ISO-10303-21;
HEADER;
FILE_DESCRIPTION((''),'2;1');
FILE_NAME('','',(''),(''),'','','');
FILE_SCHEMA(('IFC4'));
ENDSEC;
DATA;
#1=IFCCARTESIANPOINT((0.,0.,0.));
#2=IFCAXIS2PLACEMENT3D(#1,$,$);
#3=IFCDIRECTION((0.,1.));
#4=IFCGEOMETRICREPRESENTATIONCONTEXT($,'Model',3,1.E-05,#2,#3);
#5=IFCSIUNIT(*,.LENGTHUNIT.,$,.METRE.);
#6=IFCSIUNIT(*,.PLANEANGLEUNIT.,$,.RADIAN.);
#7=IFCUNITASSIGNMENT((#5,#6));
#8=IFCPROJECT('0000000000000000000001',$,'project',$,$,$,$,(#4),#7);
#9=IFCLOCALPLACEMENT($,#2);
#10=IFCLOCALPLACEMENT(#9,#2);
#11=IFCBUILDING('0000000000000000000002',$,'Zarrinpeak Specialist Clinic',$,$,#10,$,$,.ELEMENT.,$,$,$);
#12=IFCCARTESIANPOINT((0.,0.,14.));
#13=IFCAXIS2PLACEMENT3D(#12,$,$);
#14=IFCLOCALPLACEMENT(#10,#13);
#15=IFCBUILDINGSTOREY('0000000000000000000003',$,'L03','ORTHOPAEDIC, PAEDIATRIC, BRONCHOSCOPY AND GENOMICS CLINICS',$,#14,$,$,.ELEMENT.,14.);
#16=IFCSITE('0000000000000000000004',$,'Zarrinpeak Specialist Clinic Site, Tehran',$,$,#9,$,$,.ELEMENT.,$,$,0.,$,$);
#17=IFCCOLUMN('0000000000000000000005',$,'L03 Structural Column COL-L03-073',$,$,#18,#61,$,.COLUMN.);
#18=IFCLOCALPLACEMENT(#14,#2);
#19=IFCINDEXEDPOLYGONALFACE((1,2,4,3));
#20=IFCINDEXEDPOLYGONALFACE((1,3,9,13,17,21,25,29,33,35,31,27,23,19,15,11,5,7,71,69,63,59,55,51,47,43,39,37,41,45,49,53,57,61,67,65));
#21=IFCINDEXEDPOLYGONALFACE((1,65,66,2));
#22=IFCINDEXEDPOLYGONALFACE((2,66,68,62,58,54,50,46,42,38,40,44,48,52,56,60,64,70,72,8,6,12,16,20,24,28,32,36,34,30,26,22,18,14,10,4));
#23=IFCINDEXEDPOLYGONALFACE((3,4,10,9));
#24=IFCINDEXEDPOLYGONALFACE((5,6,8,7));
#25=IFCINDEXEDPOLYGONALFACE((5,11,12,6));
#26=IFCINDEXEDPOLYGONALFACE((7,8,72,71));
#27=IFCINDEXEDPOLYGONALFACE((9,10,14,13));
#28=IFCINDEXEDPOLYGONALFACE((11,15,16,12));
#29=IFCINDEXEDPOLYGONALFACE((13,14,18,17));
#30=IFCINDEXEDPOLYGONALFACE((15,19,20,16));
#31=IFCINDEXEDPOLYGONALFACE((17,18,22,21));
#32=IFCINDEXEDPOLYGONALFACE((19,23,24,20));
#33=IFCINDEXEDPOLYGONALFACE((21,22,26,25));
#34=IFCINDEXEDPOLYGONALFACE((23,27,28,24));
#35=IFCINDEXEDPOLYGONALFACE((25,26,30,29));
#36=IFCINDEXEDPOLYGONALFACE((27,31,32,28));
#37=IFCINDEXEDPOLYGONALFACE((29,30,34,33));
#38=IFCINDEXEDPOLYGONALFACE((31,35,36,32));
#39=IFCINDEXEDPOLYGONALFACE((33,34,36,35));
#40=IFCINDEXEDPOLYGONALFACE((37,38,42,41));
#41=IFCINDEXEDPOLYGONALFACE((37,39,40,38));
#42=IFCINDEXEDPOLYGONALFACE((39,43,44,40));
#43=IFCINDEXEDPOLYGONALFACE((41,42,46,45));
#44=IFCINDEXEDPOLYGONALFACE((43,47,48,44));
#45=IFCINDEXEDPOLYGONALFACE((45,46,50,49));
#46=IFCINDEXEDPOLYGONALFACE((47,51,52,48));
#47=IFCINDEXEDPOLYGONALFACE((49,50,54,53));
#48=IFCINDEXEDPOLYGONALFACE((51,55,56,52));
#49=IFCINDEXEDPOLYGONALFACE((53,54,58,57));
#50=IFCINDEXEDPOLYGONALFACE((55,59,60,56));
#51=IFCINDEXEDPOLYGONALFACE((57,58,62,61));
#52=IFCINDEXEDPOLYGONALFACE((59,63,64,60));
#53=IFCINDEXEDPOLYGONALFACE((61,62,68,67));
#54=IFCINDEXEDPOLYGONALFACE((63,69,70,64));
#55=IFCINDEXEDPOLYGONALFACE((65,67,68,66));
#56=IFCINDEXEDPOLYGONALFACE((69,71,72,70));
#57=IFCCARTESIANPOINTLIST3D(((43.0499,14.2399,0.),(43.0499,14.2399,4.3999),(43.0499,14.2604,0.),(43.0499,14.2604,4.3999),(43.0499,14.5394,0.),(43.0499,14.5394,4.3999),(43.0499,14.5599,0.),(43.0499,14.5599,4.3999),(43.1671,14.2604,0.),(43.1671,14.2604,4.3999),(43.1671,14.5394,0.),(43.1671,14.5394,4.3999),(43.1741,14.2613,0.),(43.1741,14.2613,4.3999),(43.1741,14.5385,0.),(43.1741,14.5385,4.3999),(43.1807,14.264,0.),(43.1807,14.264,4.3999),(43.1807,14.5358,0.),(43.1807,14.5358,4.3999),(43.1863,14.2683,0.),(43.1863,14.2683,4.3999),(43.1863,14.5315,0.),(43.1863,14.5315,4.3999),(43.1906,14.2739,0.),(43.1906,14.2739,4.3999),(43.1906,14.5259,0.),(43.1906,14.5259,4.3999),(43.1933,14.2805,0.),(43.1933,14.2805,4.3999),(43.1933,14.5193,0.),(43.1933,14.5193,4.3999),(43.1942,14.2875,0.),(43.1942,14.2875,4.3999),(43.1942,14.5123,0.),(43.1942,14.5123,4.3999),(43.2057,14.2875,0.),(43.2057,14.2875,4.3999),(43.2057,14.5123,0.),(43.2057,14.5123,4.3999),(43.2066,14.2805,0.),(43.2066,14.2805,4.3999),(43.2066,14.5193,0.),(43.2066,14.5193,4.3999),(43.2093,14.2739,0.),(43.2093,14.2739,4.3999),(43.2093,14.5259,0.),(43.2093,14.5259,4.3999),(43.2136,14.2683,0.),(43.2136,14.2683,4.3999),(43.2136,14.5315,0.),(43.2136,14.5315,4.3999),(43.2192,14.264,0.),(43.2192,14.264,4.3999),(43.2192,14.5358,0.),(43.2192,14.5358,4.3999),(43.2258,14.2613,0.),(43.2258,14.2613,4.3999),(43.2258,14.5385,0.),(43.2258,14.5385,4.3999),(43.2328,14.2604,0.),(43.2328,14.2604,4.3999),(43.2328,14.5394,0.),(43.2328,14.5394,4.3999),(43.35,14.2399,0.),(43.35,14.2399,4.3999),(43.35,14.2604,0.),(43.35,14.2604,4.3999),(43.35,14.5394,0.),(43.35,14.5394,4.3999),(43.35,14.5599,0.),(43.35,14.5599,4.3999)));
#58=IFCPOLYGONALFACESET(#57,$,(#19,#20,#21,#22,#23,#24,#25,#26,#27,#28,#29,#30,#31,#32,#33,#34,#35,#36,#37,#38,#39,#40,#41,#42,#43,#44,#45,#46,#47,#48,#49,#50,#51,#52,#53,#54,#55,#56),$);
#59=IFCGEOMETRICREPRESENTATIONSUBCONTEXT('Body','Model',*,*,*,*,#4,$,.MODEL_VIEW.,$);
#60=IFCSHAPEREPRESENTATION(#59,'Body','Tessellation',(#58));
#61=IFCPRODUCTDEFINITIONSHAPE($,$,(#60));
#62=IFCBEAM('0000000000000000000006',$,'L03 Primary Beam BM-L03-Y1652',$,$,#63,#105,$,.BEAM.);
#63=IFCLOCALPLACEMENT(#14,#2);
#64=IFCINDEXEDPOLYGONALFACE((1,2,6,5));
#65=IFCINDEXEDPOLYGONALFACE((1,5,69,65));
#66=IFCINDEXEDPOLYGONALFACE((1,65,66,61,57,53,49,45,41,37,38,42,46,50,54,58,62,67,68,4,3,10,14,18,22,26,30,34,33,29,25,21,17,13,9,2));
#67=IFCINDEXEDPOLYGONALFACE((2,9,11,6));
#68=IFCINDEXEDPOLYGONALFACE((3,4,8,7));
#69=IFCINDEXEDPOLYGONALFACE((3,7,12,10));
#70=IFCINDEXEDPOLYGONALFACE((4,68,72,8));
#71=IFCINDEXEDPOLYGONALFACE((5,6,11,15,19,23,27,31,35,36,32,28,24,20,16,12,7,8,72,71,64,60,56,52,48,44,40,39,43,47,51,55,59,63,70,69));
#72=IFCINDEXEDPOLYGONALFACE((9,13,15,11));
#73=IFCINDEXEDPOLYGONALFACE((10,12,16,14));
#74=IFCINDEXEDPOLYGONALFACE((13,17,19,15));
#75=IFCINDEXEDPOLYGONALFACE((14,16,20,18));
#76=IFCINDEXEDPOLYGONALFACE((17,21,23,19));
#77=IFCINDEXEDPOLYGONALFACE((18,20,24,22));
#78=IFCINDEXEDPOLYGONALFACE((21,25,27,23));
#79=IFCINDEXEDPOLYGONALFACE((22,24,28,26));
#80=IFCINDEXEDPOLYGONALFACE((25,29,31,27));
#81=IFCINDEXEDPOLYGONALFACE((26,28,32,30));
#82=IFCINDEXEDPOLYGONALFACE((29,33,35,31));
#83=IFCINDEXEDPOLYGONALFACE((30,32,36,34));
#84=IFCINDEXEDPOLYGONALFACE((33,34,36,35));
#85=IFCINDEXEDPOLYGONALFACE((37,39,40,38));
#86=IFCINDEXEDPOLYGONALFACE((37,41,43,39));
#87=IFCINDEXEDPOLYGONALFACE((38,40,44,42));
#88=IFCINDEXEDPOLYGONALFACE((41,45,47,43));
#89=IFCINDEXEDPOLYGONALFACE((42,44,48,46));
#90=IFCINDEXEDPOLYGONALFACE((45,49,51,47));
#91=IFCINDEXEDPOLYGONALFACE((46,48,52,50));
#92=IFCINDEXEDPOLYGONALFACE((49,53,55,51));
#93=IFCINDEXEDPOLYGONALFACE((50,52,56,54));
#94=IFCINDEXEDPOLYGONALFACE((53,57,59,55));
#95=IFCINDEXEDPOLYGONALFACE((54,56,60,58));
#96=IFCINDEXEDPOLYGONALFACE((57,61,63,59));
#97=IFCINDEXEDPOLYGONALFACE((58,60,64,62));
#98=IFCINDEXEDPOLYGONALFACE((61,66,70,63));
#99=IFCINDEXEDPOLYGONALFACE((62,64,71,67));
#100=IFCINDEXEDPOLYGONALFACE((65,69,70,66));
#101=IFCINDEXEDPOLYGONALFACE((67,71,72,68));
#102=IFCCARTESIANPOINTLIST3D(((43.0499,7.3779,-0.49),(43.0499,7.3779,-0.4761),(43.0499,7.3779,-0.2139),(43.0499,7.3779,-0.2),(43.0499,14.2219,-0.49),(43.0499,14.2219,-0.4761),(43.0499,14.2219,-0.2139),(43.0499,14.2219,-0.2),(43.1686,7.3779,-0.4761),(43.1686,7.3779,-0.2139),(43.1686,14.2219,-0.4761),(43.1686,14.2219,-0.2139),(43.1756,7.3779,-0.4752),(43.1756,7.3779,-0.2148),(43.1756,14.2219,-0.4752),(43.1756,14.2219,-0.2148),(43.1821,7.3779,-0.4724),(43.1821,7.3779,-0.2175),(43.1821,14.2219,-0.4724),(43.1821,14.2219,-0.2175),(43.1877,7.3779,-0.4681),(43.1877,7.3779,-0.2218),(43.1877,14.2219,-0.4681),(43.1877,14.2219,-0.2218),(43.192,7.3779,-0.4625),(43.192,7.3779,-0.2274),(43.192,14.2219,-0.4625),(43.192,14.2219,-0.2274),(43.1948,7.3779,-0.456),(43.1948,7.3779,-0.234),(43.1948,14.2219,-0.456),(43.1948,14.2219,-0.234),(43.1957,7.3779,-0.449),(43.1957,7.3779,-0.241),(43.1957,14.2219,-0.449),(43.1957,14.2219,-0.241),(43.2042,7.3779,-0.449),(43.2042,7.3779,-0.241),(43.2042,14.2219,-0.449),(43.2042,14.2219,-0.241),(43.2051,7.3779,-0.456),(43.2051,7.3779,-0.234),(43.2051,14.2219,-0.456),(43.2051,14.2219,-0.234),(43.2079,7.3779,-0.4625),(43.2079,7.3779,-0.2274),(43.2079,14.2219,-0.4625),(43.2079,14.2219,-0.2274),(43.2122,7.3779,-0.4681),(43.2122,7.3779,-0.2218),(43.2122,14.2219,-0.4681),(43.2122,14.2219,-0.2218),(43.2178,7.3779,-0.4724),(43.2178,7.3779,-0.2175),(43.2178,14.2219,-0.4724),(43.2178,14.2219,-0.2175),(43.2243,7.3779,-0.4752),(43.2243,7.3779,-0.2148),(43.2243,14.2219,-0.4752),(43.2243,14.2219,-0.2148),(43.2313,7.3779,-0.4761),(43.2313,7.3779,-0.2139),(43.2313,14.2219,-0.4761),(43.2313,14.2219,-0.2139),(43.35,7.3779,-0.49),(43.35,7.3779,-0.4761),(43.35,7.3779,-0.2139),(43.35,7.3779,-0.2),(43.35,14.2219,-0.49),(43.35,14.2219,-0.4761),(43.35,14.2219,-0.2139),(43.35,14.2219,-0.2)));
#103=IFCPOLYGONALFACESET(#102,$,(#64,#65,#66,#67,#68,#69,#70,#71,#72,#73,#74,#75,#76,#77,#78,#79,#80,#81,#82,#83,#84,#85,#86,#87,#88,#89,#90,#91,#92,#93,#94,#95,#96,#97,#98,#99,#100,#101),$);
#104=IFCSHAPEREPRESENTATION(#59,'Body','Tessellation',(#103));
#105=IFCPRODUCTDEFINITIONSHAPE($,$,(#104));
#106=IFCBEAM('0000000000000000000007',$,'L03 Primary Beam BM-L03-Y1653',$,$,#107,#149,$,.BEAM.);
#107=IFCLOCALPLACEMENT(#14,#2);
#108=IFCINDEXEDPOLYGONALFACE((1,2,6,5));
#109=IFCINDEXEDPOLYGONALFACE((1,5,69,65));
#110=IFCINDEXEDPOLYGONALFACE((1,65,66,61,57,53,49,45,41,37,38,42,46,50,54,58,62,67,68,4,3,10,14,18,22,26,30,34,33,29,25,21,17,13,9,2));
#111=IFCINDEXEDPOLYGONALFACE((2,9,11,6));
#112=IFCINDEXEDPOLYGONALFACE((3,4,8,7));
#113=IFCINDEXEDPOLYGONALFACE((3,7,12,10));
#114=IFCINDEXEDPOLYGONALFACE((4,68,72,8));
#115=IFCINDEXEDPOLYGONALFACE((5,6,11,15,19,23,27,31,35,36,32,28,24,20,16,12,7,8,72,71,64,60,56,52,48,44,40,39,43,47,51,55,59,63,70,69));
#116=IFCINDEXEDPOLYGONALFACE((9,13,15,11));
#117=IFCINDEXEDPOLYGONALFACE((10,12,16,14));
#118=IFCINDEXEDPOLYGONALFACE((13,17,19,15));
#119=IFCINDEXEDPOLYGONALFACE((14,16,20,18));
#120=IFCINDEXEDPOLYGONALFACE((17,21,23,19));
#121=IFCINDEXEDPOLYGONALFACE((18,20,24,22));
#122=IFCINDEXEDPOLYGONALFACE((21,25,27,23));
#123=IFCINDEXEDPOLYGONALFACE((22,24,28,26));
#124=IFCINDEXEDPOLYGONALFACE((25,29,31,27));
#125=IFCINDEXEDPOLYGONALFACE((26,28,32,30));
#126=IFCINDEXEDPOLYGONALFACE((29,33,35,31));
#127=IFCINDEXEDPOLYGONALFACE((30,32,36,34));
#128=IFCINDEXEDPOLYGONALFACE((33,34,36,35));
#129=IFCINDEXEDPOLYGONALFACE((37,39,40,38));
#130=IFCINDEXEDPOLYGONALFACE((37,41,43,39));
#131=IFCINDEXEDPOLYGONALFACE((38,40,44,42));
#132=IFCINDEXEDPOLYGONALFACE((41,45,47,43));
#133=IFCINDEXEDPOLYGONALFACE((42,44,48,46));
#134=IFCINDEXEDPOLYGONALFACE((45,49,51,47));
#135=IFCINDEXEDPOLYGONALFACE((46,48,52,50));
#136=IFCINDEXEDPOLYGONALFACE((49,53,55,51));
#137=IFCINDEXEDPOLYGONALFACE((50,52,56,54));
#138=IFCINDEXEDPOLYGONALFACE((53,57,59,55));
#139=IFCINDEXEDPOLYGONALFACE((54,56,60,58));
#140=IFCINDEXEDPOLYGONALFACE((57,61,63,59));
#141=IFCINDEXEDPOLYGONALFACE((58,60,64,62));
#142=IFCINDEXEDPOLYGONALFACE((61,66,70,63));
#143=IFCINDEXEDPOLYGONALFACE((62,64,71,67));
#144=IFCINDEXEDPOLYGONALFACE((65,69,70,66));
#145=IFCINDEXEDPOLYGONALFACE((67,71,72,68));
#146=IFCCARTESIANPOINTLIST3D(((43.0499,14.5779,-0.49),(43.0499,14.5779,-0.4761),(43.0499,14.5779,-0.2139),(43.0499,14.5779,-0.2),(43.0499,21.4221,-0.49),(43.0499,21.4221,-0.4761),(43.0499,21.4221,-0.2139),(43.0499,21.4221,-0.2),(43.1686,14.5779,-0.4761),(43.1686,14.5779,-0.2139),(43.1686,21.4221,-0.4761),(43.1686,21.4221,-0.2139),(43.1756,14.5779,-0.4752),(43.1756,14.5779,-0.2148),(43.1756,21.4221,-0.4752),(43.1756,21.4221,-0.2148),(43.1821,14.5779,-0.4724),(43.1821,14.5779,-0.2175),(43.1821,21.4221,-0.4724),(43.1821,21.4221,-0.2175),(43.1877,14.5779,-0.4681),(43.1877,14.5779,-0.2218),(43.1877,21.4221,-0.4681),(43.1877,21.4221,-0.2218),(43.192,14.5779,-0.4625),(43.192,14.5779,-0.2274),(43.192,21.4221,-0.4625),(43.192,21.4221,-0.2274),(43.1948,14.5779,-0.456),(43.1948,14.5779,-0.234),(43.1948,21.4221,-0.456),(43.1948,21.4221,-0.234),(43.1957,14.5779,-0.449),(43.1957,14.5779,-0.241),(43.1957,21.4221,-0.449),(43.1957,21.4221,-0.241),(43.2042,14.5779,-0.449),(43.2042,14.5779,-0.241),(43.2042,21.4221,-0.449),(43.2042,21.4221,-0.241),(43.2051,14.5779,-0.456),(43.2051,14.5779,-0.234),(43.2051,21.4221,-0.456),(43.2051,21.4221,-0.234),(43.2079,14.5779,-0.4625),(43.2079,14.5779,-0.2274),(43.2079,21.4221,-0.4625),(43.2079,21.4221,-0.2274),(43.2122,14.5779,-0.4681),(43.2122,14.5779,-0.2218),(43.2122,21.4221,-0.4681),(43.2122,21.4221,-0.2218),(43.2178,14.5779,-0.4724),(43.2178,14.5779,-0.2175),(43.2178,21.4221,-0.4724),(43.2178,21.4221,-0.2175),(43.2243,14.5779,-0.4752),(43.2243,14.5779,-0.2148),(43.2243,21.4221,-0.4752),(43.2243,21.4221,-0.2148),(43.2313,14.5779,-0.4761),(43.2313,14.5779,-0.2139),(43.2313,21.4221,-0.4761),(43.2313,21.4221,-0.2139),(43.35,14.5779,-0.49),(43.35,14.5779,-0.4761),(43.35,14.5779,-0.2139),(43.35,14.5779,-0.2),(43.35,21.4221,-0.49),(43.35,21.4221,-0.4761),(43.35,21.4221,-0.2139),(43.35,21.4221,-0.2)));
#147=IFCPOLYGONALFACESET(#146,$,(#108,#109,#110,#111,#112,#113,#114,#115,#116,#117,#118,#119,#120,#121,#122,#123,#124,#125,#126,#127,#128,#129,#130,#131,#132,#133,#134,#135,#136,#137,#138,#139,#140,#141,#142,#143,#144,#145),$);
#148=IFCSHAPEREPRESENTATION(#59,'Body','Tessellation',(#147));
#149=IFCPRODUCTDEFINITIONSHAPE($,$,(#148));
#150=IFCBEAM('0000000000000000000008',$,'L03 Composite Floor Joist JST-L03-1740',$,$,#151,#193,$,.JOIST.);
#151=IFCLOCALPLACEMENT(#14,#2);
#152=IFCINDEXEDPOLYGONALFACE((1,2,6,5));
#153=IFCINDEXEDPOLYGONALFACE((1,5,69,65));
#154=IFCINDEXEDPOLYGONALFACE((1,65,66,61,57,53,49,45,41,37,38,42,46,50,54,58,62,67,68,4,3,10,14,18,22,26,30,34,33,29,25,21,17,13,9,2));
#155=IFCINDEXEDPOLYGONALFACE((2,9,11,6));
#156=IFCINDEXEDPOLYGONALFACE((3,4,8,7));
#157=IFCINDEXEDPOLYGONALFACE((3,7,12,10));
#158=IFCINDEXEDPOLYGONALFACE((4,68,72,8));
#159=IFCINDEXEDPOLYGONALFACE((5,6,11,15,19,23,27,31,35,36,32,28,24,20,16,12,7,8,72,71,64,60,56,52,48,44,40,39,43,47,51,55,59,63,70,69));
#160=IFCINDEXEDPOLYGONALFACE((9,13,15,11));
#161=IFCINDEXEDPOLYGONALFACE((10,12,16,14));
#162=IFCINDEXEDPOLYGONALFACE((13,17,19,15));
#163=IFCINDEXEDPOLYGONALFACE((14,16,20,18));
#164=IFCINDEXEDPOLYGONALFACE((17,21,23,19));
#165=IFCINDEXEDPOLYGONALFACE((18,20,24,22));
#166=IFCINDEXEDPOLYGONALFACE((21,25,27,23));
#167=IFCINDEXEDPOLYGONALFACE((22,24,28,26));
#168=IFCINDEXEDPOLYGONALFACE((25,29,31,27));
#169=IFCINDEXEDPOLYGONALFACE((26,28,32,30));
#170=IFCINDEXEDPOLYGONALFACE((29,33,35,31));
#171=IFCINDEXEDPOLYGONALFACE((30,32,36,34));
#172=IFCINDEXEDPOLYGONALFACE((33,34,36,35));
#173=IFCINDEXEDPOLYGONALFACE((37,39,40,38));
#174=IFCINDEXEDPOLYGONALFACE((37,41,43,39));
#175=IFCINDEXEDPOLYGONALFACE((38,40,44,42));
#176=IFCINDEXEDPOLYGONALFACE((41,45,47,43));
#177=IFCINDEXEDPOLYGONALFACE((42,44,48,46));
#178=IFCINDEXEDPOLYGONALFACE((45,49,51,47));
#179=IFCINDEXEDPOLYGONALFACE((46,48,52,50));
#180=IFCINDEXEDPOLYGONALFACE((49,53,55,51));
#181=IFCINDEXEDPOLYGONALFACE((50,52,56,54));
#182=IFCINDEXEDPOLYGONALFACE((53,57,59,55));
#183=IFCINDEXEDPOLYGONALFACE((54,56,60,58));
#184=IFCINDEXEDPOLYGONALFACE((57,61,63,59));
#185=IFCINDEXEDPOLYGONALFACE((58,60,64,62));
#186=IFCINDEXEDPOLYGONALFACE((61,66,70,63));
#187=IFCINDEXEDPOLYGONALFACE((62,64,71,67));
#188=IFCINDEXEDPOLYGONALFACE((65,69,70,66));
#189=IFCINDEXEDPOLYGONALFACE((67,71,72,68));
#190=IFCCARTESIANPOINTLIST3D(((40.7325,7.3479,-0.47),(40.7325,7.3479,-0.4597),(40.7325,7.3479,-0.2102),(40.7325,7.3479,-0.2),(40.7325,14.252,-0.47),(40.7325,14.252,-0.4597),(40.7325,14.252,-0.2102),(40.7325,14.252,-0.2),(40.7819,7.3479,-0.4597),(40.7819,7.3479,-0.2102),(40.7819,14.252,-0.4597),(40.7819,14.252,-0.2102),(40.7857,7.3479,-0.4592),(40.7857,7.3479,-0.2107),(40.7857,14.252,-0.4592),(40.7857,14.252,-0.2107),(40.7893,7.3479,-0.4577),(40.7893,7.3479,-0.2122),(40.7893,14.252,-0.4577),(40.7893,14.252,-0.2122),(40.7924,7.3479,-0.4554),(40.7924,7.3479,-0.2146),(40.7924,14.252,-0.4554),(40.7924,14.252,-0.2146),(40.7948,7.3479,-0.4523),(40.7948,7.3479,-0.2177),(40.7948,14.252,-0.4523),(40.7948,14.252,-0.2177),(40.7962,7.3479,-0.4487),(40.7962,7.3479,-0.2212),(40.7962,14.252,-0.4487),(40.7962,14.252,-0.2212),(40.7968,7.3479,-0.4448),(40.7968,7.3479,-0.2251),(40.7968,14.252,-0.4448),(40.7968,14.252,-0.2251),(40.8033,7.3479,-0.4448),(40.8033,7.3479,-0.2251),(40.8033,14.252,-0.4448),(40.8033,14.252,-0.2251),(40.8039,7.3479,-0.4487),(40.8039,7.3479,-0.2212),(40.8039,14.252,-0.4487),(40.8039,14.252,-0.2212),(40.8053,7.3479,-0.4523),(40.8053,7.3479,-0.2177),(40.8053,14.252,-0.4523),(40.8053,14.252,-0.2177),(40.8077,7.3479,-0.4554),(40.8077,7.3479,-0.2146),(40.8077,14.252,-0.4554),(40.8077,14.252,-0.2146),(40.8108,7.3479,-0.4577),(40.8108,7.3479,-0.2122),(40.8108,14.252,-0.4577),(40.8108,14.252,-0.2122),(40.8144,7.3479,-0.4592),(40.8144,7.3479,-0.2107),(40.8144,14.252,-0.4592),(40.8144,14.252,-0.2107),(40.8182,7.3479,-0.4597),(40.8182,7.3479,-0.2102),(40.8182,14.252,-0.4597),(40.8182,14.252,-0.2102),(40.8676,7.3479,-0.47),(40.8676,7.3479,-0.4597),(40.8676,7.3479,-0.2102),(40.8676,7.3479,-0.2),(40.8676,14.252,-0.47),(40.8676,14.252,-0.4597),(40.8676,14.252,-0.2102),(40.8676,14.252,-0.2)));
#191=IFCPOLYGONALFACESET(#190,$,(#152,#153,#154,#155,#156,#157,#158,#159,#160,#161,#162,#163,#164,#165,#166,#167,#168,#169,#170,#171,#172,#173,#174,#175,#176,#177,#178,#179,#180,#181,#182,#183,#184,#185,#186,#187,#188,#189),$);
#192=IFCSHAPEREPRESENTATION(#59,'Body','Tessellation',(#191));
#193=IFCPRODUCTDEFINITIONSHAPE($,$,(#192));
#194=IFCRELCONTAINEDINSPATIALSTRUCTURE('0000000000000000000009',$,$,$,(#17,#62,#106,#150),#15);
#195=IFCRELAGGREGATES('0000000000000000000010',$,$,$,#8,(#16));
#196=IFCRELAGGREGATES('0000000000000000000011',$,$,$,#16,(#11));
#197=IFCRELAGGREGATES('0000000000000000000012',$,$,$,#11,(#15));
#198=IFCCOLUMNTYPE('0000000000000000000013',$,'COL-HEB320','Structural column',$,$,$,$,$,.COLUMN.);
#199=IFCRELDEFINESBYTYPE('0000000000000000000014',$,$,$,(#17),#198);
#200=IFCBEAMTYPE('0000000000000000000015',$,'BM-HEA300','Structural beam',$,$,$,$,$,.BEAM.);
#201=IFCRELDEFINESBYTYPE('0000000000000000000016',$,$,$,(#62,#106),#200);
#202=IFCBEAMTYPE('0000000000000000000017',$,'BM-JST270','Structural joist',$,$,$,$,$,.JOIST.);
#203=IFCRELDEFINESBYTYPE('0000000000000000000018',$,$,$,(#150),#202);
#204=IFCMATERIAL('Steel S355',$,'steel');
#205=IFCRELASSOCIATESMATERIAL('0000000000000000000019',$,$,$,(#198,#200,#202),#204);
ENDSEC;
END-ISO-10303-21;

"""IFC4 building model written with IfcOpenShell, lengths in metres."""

from ifc_helpers import new_model, si_unit, direction, frame, origin, origin_2d, place, context, subcontext, project, spatial, i_section, extrude, material, material_profile, profile_set, type_object, element, save


model = new_model("IFC4")

# Units and contexts
model_context = context("Model", 3, precision=1e-05, world=origin(), true_north=direction((0.0, 1.0)))
body_context = subcontext(model_context, "Body", "Model", "MODEL_VIEW")
ifc_project = project(units=[si_unit("LENGTHUNIT", "METRE"), si_unit("PLANEANGLEUNIT", "RADIAN")], contexts=[model_context])

# Site, building, storey
site_placement = place(None, origin())
site = spatial("IfcSite", under=ifc_project, at=site_placement, Name="Zarrinpeak Specialist Clinic Site, Tehran", CompositionType="ELEMENT", RefElevation=0.0)
building_placement = place(site_placement, origin())
building = spatial("IfcBuilding", under=site, at=building_placement, Name="Zarrinpeak Specialist Clinic", CompositionType="ELEMENT")
storey_placement = place(building_placement, frame((0.0, 0.0, 14.0)))
storey = spatial("IfcBuildingStorey", under=building, at=storey_placement, Name="L03", Description="ORTHOPAEDIC, PAEDIATRIC, BRONCHOSCOPY AND GENOMICS CLINICS", CompositionType="ELEMENT", Elevation=14.0)

# Column
ifc_material_1 = material(Name="Steel S355", Category="steel")
ifc_material_profile_1 = material_profile(ifc_material_1, i_section(OverallWidth=0.3, OverallDepth=0.3201, WebThickness=0.0115, FlangeThickness=0.0205, FilletRadius=0.0271, at=origin_2d()), Name="HEB 320")
ifc_profile_set_1 = profile_set([ifc_material_profile_1], Name="Steel S355")
column_type = type_object("IfcColumnType", Name="COL-HEB320", Description="Structural column", PredefinedType="COLUMN", material=ifc_profile_set_1)
column_placement = place(storey_placement, frame((43.2, 14.3999, 0.0), z_axis=(0.0, 0.0, 1.0), x_axis=(1.0, 0.0, 0.0)))
element("IfcColumn", 1, at=column_placement, inside=storey, type_object=column_type, Name="L03 Structural Column COL-L03-073", PredefinedType="COLUMN", context=body_context, shape_type="SweptSolid", body=[
    extrude(i_section(OverallWidth=0.3, OverallDepth=0.3201, WebThickness=0.0115, FlangeThickness=0.0205, FilletRadius=0.0271, at=origin_2d()), origin(), (0.0, 0.0, 1.0), 4.3999),
])

# Beams
ifc_material_profile_2 = material_profile(ifc_material_1, i_section(OverallWidth=0.3, OverallDepth=0.29, WebThickness=0.0085, FlangeThickness=0.0139, FilletRadius=0.0271, at=origin_2d()), Name="HEA 300")
ifc_profile_set_2 = profile_set([ifc_material_profile_2], Name="Steel S355")
beam_type_1 = type_object("IfcBeamType", Name="BM-HEA300", Description="Structural beam", PredefinedType="BEAM", material=ifc_profile_set_2)
beam_1_placement = place(storey_placement, frame((43.2, 7.3779, -0.345), z_axis=(0.0, 1.0, 0.0), x_axis=(-1.0, 0.0, 0.0)))
element("IfcBeam", 2, at=beam_1_placement, inside=storey, type_object=beam_type_1, Name="L03 Primary Beam BM-L03-Y1652", PredefinedType="BEAM", context=body_context, shape_type="SweptSolid", body=[
    extrude(i_section(OverallWidth=0.3, OverallDepth=0.29, WebThickness=0.0085, FlangeThickness=0.0139, FilletRadius=0.0271, at=origin_2d()), origin(), (0.0, 0.0, 1.0), 6.844),
])
beam_2_placement = place(storey_placement, frame((43.2, 14.5779, -0.345), z_axis=(0.0, 1.0, 0.0), x_axis=(-1.0, 0.0, 0.0)))
element("IfcBeam", 3, at=beam_2_placement, inside=storey, type_object=beam_type_1, Name="L03 Primary Beam BM-L03-Y1653", PredefinedType="BEAM", context=body_context, shape_type="SweptSolid", body=[
    extrude(i_section(OverallWidth=0.3, OverallDepth=0.29, WebThickness=0.0085, FlangeThickness=0.0139, FilletRadius=0.0271, at=origin_2d()), origin(), (0.0, 0.0, 1.0), 6.8442),
])
ifc_material_profile_3 = material_profile(ifc_material_1, i_section(OverallWidth=0.135, OverallDepth=0.27, WebThickness=0.0066, FlangeThickness=0.0103, FilletRadius=0.0149, at=origin_2d()), Name="IPE 270")
ifc_profile_set_3 = profile_set([ifc_material_profile_3], Name="Steel S355")
beam_type_2 = type_object("IfcBeamType", Name="BM-JST270", Description="Structural joist", PredefinedType="JOIST", material=ifc_profile_set_3)
beam_3_placement = place(storey_placement, frame((40.8, 7.3479, -0.335), z_axis=(0.0, 1.0, 0.0), x_axis=(-1.0, 0.0, 0.0)))
element("IfcBeam", 4, at=beam_3_placement, inside=storey, type_object=beam_type_2, Name="L03 Composite Floor Joist JST-L03-1740", PredefinedType="JOIST", context=body_context, shape_type="SweptSolid", body=[
    extrude(i_section(OverallWidth=0.135, OverallDepth=0.27, WebThickness=0.0066, FlangeThickness=0.0103, FilletRadius=0.0149, at=origin_2d()), origin(), (0.0, 0.0, 1.0), 6.9041),
])

save(model, "model.ifc")
